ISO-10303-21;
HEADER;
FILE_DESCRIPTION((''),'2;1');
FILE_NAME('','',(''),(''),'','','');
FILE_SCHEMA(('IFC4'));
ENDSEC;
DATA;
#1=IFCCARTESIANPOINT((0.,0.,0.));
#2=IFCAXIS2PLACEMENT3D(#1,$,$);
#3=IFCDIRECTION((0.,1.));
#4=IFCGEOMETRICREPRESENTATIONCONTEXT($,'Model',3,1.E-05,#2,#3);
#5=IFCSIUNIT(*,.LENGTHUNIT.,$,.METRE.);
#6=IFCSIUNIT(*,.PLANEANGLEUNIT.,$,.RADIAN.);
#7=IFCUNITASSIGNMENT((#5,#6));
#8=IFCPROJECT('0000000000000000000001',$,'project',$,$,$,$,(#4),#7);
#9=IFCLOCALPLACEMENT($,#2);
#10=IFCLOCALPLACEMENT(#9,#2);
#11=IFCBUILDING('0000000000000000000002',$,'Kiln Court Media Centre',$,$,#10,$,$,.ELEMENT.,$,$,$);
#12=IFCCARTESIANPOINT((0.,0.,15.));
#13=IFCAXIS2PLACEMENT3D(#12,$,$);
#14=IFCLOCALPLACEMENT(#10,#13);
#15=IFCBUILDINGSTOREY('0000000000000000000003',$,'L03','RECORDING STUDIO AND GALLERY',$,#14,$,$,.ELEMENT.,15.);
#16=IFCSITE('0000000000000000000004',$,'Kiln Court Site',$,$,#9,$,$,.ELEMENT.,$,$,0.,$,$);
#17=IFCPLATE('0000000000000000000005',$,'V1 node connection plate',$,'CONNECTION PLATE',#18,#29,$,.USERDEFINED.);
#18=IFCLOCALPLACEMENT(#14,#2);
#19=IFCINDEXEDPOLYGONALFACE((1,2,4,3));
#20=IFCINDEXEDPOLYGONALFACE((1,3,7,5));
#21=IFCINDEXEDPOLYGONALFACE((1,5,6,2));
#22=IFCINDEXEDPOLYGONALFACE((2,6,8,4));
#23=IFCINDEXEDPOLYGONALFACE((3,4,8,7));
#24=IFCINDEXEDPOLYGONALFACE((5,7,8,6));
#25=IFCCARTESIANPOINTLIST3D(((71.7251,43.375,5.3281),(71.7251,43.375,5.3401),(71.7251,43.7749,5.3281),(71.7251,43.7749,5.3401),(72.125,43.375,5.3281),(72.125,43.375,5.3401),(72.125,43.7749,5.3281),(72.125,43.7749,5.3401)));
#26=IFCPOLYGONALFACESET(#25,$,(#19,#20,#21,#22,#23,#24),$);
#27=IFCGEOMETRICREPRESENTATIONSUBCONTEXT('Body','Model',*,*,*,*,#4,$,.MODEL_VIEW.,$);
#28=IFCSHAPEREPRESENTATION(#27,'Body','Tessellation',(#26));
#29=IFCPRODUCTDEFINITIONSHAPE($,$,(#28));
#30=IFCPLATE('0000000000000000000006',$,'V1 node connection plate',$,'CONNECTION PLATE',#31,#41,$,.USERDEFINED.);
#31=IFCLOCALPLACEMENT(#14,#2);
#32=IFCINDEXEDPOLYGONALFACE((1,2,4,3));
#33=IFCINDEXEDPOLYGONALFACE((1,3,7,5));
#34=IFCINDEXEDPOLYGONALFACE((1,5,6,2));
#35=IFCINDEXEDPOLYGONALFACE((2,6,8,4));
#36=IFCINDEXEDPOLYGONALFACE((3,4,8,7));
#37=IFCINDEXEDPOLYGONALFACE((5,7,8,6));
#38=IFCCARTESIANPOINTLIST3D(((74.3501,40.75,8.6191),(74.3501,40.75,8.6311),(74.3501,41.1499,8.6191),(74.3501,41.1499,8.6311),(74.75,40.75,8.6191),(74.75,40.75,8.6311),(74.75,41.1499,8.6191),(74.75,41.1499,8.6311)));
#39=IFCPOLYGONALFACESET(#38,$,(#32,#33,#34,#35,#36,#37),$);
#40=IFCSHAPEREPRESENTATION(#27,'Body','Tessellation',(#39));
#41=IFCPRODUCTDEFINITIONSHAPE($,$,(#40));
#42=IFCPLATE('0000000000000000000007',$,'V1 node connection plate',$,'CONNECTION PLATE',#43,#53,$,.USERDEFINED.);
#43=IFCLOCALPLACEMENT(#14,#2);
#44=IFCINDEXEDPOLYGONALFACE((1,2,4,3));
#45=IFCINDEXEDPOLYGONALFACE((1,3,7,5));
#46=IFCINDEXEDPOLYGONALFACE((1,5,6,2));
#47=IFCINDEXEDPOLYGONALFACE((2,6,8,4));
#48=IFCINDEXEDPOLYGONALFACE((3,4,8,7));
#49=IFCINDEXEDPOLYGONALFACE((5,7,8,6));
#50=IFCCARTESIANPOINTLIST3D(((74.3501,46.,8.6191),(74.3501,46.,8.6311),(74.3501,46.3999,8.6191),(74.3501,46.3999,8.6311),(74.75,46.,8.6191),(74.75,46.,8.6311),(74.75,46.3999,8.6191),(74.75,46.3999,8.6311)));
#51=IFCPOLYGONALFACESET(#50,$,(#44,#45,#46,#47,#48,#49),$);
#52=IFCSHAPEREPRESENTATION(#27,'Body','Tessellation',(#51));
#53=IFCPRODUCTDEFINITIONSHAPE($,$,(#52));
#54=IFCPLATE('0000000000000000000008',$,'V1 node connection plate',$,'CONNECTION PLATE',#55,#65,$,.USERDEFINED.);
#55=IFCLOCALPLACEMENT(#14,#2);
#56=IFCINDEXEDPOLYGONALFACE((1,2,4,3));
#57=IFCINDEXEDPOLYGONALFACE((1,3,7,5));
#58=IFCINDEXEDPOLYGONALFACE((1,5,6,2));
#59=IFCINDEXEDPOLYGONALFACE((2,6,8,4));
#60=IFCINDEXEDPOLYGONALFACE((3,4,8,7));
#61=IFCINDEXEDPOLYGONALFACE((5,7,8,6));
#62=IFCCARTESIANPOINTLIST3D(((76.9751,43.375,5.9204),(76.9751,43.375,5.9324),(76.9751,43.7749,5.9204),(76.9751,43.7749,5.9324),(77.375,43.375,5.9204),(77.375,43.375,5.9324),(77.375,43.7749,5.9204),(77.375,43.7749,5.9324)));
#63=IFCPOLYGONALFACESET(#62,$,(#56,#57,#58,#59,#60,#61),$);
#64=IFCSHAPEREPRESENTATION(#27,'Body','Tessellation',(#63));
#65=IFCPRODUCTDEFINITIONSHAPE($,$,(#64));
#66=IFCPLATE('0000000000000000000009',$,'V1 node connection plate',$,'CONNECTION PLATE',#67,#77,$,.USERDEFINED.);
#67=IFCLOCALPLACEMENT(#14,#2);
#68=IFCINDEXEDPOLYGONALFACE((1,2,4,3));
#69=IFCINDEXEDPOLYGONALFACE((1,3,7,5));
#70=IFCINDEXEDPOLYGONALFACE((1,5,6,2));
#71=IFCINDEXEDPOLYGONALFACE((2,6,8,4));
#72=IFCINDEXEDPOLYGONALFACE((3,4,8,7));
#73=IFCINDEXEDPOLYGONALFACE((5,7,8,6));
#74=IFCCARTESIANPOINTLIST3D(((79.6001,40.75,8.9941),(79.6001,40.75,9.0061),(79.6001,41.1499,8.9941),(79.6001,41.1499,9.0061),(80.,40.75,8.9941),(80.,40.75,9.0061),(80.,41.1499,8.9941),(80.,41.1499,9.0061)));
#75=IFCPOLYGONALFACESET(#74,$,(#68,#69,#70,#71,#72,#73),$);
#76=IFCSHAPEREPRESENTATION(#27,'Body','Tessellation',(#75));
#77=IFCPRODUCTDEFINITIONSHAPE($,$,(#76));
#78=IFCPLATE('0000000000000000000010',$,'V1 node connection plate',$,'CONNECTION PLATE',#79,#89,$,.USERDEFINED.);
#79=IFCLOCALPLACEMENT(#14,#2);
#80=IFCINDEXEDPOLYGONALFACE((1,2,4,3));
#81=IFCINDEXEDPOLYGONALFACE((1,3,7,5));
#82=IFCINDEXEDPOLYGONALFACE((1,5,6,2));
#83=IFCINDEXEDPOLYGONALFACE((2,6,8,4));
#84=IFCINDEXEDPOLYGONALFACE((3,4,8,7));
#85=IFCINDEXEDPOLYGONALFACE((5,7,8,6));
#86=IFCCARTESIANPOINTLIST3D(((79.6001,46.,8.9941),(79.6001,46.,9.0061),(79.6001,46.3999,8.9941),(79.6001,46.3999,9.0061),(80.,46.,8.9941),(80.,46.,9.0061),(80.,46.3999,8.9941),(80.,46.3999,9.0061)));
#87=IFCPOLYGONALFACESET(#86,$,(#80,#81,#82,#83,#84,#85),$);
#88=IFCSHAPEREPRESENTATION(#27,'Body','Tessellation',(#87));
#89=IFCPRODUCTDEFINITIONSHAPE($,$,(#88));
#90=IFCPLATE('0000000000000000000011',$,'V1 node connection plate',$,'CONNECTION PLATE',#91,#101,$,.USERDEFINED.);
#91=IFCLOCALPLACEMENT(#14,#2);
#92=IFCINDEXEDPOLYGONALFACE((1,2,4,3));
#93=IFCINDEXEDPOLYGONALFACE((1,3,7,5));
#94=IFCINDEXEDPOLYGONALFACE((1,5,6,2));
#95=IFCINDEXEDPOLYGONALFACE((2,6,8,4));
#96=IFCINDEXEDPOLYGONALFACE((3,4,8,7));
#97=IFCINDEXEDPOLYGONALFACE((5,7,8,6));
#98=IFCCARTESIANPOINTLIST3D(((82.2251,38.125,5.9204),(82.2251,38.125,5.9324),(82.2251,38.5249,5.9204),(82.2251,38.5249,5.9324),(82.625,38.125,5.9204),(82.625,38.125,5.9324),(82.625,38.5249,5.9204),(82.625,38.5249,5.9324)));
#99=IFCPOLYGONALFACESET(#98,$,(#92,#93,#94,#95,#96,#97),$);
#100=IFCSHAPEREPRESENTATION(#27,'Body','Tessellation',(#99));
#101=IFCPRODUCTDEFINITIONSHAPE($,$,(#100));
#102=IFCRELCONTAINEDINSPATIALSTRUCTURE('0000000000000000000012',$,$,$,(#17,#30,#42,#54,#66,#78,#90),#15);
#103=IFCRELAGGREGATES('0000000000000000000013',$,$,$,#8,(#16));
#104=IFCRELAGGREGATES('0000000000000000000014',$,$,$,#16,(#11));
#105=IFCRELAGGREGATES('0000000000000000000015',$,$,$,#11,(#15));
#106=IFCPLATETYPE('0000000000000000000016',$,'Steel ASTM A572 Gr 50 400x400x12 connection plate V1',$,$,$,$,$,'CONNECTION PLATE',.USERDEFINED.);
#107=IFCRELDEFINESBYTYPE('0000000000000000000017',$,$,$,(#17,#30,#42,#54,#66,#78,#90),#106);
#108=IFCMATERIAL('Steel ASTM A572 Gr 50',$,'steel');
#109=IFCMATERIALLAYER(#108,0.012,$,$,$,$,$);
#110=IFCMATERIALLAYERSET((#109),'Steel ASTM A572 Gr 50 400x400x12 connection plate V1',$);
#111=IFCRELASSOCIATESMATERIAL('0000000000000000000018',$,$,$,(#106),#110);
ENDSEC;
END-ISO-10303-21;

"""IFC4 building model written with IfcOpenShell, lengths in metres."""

from ifc_helpers import new_model, si_unit, direction, frame, origin, origin_2d, place, context, subcontext, project, spatial, rectangle, extrude, material, layer, layer_set, type_object, element, save


model = new_model("IFC4")

# Units and contexts
model_context = context("Model", 3, precision=1e-05, world=origin(), true_north=direction((0.0, 1.0)))
body_context = subcontext(model_context, "Body", "Model", "MODEL_VIEW")
ifc_project = project(units=[si_unit("LENGTHUNIT", "METRE"), si_unit("PLANEANGLEUNIT", "RADIAN")], contexts=[model_context])

# Site, building, storey
site_placement = place(None, origin())
site = spatial("IfcSite", under=ifc_project, at=site_placement, Name="Kiln Court Site", CompositionType="ELEMENT", RefElevation=0.0)
building_placement = place(site_placement, origin())
building = spatial("IfcBuilding", under=site, at=building_placement, Name="Kiln Court Media Centre", CompositionType="ELEMENT")
storey_placement = place(building_placement, frame((0.0, 0.0, 15.0)))
storey = spatial("IfcBuildingStorey", under=building, at=storey_placement, Name="L03", Description="RECORDING STUDIO AND GALLERY", CompositionType="ELEMENT", Elevation=15.0)

# Plates
ifc_material_1 = material(Name="Steel ASTM A572 Gr 50", Category="steel")
ifc_layer_1 = layer(ifc_material_1, 0.012)
ifc_layer_set_1 = layer_set([ifc_layer_1], Name="Steel ASTM A572 Gr 50 400x400x12 connection plate V1")
plate_type_1 = type_object("IfcPlateType", Name="Steel ASTM A572 Gr 50 400x400x12 connection plate V1", ElementType="CONNECTION PLATE", PredefinedType="USERDEFINED", material=ifc_layer_set_1)
for number, where, z_axis, x_axis, name in (
    (1, (71.925, 43.575, 5.3281), (0.0, 0.0, 1.0), (1.0, 0.0, 0.0), "V1 node connection plate"),
    (2, (74.55, 40.95, 8.6191), (0.0, 0.0, 1.0), (1.0, 0.0, 0.0), "V1 node connection plate"),
    (3, (74.55, 46.2, 8.6191), (0.0, 0.0, 1.0), (1.0, 0.0, 0.0), "V1 node connection plate"),
    (4, (77.175, 43.575, 5.9204), (0.0, 0.0, 1.0), (1.0, 0.0, 0.0), "V1 node connection plate"),
    (5, (79.8, 40.95, 8.9941), (0.0, 0.0, 1.0), (1.0, 0.0, 0.0), "V1 node connection plate"),
    (6, (79.8, 46.2, 8.9941), (0.0, 0.0, 1.0), (1.0, 0.0, 0.0), "V1 node connection plate"),
    (7, (82.425, 38.325, 5.9204), (0.0, 0.0, 1.0), (1.0, 0.0, 0.0), "V1 node connection plate"),
):
    element("IfcPlate", number, at=place(storey_placement, frame(where, z_axis=z_axis, x_axis=x_axis)), inside=storey, type_object=plate_type_1, Name=name, ObjectType="CONNECTION PLATE", PredefinedType="USERDEFINED", context=body_context, shape_type="SweptSolid", body=[
        extrude(rectangle(XDim=0.3999, YDim=0.3999, at=origin_2d()), origin(), (0.0, 0.0, 1.0), 0.012),
    ])

save(model, "model.ifc")
